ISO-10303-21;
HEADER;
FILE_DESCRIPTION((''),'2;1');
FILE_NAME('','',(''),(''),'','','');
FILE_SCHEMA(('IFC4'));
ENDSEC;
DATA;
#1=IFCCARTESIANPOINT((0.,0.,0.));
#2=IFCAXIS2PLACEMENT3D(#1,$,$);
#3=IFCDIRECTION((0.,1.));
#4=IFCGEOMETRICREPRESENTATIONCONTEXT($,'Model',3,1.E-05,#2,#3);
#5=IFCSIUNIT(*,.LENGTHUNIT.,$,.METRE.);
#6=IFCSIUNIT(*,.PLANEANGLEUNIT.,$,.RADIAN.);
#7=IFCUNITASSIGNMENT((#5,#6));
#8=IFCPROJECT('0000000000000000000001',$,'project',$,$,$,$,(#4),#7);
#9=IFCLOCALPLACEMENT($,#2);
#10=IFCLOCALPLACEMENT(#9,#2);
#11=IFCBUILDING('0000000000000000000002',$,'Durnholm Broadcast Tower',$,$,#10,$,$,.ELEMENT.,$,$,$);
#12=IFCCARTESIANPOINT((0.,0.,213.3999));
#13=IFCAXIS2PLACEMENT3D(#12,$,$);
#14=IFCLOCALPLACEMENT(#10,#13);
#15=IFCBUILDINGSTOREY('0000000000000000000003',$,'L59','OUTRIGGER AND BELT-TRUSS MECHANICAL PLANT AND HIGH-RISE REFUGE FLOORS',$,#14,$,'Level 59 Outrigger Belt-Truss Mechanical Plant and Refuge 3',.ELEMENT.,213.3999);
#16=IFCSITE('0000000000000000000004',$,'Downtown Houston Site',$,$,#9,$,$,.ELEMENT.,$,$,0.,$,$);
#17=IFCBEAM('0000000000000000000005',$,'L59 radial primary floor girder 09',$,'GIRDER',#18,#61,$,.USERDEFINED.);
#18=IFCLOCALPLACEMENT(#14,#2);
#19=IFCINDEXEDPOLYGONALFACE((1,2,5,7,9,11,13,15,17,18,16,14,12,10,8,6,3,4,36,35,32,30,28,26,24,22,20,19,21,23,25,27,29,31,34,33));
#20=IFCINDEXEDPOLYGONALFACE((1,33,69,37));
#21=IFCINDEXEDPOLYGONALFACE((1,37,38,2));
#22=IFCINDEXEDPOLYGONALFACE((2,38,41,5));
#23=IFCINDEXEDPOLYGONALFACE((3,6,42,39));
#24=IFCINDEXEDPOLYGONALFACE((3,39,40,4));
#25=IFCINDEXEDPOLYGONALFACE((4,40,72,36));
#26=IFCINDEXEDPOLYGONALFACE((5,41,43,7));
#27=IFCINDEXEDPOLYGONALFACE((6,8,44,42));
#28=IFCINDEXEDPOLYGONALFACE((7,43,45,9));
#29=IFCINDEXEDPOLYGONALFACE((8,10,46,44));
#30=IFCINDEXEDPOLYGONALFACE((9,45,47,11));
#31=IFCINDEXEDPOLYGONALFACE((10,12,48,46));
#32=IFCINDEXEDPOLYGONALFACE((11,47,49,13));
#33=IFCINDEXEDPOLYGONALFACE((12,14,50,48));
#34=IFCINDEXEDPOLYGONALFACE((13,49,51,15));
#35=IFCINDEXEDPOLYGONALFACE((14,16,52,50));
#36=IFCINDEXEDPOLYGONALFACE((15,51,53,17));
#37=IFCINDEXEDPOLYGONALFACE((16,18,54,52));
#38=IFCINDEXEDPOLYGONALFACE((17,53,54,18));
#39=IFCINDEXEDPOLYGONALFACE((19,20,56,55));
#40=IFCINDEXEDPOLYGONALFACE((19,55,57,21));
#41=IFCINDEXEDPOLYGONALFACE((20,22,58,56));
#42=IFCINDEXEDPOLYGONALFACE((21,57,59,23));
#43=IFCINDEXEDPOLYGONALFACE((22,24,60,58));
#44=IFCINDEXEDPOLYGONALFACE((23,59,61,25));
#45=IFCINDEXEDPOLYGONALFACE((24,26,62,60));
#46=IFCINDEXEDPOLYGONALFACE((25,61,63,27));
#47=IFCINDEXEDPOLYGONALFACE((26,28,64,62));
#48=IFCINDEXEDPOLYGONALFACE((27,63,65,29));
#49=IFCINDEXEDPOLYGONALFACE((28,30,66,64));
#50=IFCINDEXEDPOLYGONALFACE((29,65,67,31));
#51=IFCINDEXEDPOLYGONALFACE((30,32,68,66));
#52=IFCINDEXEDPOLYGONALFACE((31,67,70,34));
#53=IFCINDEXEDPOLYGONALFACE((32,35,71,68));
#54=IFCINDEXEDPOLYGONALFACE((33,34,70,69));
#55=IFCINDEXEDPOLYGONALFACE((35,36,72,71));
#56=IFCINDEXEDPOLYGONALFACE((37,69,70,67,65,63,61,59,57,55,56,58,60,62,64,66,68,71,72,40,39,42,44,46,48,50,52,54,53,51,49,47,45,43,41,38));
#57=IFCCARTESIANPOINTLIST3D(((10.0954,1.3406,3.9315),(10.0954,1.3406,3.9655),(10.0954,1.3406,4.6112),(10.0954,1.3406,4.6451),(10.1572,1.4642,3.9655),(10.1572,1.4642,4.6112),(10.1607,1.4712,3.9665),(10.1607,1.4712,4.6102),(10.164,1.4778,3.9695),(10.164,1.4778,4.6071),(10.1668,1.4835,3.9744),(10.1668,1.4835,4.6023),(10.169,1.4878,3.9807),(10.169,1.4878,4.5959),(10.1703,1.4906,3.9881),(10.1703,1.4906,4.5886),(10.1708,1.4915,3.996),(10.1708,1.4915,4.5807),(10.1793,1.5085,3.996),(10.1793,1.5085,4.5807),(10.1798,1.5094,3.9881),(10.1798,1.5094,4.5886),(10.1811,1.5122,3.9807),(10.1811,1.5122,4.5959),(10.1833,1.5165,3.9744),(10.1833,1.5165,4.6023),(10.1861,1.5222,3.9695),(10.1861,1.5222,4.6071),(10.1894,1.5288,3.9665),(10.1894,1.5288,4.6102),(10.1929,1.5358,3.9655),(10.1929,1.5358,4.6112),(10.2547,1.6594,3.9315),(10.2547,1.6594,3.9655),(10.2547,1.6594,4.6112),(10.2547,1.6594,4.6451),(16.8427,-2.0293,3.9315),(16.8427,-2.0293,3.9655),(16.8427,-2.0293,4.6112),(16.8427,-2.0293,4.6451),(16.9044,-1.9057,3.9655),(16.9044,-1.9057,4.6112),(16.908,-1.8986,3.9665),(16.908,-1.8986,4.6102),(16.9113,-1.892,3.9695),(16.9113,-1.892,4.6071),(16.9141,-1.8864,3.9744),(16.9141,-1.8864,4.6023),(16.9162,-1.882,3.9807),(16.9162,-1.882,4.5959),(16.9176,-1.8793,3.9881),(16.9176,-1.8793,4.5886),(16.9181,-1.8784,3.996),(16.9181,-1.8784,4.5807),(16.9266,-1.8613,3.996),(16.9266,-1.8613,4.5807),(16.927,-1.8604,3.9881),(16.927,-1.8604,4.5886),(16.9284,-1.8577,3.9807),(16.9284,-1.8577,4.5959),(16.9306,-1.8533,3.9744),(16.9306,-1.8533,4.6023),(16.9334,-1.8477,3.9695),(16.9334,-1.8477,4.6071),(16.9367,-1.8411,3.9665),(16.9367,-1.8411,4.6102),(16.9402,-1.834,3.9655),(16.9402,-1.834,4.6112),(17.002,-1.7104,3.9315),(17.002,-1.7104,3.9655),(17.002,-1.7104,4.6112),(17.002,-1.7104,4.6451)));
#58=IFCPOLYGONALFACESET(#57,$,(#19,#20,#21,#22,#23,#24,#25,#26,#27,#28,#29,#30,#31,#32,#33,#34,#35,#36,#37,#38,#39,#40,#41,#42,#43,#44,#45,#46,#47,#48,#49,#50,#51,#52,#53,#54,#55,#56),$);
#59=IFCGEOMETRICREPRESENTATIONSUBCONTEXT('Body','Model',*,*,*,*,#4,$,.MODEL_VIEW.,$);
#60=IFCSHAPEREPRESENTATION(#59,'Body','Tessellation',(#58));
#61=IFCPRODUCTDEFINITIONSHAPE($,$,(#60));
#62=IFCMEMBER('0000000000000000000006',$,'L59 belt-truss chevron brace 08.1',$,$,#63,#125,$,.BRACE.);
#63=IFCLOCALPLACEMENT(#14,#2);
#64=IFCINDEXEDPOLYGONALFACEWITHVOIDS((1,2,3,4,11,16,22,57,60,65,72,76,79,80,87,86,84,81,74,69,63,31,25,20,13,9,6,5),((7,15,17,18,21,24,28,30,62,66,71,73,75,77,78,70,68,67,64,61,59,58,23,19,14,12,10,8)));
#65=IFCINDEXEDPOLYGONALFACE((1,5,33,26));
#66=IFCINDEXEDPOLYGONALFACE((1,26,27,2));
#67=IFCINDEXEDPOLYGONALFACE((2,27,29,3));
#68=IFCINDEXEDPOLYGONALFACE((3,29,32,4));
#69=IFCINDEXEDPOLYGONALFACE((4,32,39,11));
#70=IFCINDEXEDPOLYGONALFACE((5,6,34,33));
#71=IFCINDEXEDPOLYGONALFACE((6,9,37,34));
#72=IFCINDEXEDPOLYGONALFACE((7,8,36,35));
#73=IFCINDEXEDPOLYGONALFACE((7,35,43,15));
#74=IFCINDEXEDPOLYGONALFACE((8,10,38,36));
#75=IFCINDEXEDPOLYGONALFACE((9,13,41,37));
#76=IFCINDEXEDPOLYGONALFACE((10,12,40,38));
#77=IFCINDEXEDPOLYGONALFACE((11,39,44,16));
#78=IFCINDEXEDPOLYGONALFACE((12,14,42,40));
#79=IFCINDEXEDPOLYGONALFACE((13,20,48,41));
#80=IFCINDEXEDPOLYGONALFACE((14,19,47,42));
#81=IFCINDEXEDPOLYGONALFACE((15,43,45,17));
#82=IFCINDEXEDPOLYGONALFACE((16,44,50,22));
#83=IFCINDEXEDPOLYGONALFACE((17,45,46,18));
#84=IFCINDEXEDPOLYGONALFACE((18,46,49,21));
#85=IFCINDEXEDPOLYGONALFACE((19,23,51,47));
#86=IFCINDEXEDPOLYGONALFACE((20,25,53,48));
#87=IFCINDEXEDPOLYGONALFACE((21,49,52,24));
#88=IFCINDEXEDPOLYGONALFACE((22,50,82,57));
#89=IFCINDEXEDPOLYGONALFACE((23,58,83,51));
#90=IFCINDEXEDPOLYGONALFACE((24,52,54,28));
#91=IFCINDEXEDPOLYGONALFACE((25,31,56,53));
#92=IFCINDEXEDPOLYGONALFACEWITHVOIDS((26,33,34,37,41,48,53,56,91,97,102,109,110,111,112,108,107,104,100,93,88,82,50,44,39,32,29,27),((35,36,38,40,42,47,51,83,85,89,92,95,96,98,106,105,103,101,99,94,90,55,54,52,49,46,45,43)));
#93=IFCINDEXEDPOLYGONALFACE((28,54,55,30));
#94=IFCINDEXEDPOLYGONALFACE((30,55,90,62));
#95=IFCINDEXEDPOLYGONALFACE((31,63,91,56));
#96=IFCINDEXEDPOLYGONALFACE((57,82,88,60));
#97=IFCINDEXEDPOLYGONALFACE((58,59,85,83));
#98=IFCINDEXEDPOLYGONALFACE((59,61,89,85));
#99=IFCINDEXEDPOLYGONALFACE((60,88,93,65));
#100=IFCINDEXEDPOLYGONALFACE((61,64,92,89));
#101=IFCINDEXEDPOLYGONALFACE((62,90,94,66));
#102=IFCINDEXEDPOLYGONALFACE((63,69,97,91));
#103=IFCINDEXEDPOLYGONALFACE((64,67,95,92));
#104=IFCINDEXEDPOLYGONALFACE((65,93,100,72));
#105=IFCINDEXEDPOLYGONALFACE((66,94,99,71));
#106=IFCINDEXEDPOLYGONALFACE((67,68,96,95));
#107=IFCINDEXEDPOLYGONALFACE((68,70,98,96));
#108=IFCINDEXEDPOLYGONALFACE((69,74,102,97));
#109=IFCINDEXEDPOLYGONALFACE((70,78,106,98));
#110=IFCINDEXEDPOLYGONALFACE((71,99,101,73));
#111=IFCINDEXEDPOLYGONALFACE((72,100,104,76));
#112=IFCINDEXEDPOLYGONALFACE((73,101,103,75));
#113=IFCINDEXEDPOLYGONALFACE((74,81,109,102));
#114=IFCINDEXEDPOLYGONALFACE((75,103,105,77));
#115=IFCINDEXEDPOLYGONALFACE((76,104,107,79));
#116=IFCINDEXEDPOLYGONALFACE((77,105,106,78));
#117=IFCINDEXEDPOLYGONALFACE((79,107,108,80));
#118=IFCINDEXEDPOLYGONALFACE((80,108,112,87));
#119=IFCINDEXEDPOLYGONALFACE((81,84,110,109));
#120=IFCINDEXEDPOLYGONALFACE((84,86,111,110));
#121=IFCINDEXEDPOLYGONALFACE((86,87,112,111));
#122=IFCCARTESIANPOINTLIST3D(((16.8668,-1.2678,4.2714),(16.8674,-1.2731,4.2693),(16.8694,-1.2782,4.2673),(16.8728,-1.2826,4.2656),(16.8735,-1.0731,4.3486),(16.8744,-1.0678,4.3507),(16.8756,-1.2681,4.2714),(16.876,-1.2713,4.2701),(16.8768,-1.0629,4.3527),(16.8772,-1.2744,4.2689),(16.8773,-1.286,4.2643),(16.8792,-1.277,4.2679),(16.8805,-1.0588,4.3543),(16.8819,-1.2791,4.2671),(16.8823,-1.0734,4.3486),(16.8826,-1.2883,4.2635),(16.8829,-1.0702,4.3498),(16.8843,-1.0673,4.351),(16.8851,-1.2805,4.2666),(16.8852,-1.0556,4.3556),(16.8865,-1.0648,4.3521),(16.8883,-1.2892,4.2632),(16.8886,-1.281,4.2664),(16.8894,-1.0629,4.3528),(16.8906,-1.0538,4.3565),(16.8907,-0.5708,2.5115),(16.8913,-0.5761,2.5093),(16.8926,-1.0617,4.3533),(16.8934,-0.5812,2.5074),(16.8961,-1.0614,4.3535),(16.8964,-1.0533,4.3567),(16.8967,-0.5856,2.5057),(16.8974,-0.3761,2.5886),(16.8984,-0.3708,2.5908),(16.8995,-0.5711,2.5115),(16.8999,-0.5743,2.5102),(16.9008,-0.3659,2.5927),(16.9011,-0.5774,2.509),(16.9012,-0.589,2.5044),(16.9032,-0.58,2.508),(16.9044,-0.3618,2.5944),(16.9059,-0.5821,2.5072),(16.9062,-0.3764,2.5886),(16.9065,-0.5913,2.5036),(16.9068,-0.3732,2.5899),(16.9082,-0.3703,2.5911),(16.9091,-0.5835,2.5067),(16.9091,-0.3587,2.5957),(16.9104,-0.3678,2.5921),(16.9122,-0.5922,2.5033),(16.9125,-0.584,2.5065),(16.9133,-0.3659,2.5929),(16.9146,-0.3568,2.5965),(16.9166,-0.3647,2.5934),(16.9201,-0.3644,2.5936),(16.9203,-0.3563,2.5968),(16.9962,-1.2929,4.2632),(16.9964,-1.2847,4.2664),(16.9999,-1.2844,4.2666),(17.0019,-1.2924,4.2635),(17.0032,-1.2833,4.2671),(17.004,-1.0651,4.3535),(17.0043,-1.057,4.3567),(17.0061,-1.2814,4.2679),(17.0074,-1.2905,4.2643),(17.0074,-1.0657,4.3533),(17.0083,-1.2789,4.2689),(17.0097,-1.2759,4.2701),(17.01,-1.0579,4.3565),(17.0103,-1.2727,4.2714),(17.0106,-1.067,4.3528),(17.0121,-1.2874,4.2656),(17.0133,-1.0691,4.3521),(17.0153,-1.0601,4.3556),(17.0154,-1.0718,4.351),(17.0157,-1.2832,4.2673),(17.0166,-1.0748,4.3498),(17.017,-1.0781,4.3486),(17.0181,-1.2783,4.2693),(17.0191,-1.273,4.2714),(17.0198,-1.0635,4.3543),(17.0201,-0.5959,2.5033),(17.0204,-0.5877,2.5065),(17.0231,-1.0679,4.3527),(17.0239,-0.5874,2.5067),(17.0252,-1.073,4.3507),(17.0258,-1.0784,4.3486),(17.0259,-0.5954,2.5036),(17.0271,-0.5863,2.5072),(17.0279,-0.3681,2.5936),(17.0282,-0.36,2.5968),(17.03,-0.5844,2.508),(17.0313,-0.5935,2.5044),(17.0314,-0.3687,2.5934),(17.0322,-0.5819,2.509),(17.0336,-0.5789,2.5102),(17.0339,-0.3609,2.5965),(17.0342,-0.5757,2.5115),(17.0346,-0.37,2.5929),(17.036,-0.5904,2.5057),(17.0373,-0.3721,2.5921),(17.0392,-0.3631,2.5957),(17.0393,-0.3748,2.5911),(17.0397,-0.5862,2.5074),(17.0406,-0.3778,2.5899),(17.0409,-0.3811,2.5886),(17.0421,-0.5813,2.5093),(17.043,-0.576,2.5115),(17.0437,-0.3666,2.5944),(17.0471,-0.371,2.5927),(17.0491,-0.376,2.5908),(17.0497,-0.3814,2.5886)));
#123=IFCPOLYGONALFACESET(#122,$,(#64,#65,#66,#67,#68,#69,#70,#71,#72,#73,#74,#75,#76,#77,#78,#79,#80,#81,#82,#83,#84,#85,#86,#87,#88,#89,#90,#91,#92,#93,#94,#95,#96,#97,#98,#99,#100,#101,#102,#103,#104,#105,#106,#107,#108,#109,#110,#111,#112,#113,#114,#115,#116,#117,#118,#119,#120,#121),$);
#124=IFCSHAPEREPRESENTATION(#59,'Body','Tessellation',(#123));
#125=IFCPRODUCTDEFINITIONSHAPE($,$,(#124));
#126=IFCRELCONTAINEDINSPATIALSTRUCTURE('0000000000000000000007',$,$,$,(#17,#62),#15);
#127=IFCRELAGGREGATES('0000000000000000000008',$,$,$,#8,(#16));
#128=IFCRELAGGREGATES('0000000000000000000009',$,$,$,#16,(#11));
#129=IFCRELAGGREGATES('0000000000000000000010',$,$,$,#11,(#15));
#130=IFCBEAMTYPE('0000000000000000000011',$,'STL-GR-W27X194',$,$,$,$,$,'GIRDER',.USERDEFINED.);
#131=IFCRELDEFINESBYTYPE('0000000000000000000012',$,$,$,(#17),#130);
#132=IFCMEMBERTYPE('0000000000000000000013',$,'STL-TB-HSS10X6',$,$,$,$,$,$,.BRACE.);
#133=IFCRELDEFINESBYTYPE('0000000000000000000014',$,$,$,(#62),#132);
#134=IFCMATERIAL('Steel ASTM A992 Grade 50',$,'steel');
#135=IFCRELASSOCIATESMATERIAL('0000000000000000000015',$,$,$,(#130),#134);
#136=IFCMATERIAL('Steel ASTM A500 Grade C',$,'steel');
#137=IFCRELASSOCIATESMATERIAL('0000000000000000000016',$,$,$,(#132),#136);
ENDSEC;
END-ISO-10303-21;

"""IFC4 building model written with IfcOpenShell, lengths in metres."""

from ifc_helpers import new_model, si_unit, direction, frame, origin, origin_2d, place, context, subcontext, project, spatial, hollow_rectangle, i_section, extrude, source, transform, mapped, material, material_profile, profile_set, type_object, type_shapes, element, save


model = new_model("IFC4")

# Units and contexts
model_context = context("Model", 3, precision=1e-05, world=origin(), true_north=direction((0.0, 1.0)))
body_context = subcontext(model_context, "Body", "Model", "MODEL_VIEW")
ifc_project = project(units=[si_unit("LENGTHUNIT", "METRE"), si_unit("PLANEANGLEUNIT", "RADIAN")], contexts=[model_context])

# Site, building, storey
site_placement = place(None, origin())
site = spatial("IfcSite", under=ifc_project, at=site_placement, Name="Downtown Houston Site", CompositionType="ELEMENT", RefElevation=0.0)
building_placement = place(site_placement, origin())
building = spatial("IfcBuilding", under=site, at=building_placement, Name="Durnholm Broadcast Tower", CompositionType="ELEMENT")
storey_placement = place(building_placement, frame((0.0, 0.0, 213.3999)))
storey = spatial("IfcBuildingStorey", under=building, at=storey_placement, Name="L59", Description="OUTRIGGER AND BELT-TRUSS MECHANICAL PLANT AND HIGH-RISE REFUGE FLOORS", LongName="Level 59 Outrigger Belt-Truss Mechanical Plant and Refuge 3", CompositionType="ELEMENT", Elevation=213.3999)

# Beam
ifc_material_1 = material(Name="Steel ASTM A992 Grade 50", Category="steel")
ifc_material_profile_1 = material_profile(ifc_material_1, i_section(OverallWidth=0.3564, OverallDepth=0.7136, WebThickness=0.019, FlangeThickness=0.0339, FilletRadius=0.0305, at=origin_2d()), Name="W27X194")
ifc_profile_set_1 = profile_set([ifc_material_profile_1], Name="Steel ASTM A992 Grade 50")
beam_type_1 = type_object("IfcBeamType", Name="STL-GR-W27X194", ElementType="GIRDER", PredefinedType="USERDEFINED", material=ifc_profile_set_1)
shared_shape_1 = source(origin(), body_context, "Body", "SweptSolid", [
    extrude(i_section(OverallWidth=0.3564, OverallDepth=0.7136, WebThickness=0.019, FlangeThickness=0.0339, FilletRadius=0.0305, at=origin_2d()), origin(), (0.0, 0.0, 1.0), 7.542),
])
beam_1_placement = place(storey_placement, frame((10.175, 1.5, 4.2883), z_axis=(0.894628, -0.446812, 0.0), x_axis=(0.446812, 0.894628, 0.0)))
element("IfcBeam", 1, at=beam_1_placement, inside=storey, type_object=beam_type_1, Name="L59 radial primary floor girder 09", ObjectType="GIRDER", PredefinedType="USERDEFINED", context=body_context, shape_type="MappedRepresentation", body=[
    mapped(shared_shape_1, transform((0.0, 0.0, 0.0), x_axis=(1.0, 0.0, 0.0), y_axis=(0.0, 1.0, 0.0), z_axis=(0.0, 0.0, 1.0), scale=1.0)),
])

# Member
ifc_material_2 = material(Name="Steel ASTM A500 Grade C", Category="steel")
ifc_material_profile_2 = material_profile(ifc_material_2, hollow_rectangle(XDim=0.1523, YDim=0.2539, WallThickness=0.0088, InnerFilletRadius=0.0134, OuterFilletRadius=0.0222, at=origin_2d()), Name="HSS10X6X3/8")
ifc_profile_set_2 = profile_set([ifc_material_profile_2], Name="Steel ASTM A500 Grade C")
member_type_1 = type_object("IfcMemberType", Name="STL-TB-HSS10X6", PredefinedType="BRACE", material=ifc_profile_set_2)
shared_shape_2 = source(origin(), body_context, "Body", "SweptSolid", [
    extrude(hollow_rectangle(XDim=0.1523, YDim=0.2539, WallThickness=0.0088, InnerFilletRadius=0.0134, OuterFilletRadius=0.0222, at=origin_2d()), origin(), (0.0, 0.0, 1.0), 1.8931),
])
type_shapes(member_type_1, [shared_shape_2])
member_1_placement = place(storey_placement, frame((16.9702, -0.4761, 2.55), z_axis=(-0.012638, -0.368179, 0.929669), x_axis=(0.999411, -0.034306, 0.0)))
element("IfcMember", 2, at=member_1_placement, inside=storey, type_object=member_type_1, Name="L59 belt-truss chevron brace 08.1", PredefinedType="BRACE", context=body_context, shape_type="MappedRepresentation", body=[
    mapped(shared_shape_2, transform((0.0, 0.0, 0.0), x_axis=(1.0, 0.0, 0.0), y_axis=(0.0, 1.0, 0.0), z_axis=(0.0, 0.0, 1.0), scale=1.0)),
])

save(model, "model.ifc")
